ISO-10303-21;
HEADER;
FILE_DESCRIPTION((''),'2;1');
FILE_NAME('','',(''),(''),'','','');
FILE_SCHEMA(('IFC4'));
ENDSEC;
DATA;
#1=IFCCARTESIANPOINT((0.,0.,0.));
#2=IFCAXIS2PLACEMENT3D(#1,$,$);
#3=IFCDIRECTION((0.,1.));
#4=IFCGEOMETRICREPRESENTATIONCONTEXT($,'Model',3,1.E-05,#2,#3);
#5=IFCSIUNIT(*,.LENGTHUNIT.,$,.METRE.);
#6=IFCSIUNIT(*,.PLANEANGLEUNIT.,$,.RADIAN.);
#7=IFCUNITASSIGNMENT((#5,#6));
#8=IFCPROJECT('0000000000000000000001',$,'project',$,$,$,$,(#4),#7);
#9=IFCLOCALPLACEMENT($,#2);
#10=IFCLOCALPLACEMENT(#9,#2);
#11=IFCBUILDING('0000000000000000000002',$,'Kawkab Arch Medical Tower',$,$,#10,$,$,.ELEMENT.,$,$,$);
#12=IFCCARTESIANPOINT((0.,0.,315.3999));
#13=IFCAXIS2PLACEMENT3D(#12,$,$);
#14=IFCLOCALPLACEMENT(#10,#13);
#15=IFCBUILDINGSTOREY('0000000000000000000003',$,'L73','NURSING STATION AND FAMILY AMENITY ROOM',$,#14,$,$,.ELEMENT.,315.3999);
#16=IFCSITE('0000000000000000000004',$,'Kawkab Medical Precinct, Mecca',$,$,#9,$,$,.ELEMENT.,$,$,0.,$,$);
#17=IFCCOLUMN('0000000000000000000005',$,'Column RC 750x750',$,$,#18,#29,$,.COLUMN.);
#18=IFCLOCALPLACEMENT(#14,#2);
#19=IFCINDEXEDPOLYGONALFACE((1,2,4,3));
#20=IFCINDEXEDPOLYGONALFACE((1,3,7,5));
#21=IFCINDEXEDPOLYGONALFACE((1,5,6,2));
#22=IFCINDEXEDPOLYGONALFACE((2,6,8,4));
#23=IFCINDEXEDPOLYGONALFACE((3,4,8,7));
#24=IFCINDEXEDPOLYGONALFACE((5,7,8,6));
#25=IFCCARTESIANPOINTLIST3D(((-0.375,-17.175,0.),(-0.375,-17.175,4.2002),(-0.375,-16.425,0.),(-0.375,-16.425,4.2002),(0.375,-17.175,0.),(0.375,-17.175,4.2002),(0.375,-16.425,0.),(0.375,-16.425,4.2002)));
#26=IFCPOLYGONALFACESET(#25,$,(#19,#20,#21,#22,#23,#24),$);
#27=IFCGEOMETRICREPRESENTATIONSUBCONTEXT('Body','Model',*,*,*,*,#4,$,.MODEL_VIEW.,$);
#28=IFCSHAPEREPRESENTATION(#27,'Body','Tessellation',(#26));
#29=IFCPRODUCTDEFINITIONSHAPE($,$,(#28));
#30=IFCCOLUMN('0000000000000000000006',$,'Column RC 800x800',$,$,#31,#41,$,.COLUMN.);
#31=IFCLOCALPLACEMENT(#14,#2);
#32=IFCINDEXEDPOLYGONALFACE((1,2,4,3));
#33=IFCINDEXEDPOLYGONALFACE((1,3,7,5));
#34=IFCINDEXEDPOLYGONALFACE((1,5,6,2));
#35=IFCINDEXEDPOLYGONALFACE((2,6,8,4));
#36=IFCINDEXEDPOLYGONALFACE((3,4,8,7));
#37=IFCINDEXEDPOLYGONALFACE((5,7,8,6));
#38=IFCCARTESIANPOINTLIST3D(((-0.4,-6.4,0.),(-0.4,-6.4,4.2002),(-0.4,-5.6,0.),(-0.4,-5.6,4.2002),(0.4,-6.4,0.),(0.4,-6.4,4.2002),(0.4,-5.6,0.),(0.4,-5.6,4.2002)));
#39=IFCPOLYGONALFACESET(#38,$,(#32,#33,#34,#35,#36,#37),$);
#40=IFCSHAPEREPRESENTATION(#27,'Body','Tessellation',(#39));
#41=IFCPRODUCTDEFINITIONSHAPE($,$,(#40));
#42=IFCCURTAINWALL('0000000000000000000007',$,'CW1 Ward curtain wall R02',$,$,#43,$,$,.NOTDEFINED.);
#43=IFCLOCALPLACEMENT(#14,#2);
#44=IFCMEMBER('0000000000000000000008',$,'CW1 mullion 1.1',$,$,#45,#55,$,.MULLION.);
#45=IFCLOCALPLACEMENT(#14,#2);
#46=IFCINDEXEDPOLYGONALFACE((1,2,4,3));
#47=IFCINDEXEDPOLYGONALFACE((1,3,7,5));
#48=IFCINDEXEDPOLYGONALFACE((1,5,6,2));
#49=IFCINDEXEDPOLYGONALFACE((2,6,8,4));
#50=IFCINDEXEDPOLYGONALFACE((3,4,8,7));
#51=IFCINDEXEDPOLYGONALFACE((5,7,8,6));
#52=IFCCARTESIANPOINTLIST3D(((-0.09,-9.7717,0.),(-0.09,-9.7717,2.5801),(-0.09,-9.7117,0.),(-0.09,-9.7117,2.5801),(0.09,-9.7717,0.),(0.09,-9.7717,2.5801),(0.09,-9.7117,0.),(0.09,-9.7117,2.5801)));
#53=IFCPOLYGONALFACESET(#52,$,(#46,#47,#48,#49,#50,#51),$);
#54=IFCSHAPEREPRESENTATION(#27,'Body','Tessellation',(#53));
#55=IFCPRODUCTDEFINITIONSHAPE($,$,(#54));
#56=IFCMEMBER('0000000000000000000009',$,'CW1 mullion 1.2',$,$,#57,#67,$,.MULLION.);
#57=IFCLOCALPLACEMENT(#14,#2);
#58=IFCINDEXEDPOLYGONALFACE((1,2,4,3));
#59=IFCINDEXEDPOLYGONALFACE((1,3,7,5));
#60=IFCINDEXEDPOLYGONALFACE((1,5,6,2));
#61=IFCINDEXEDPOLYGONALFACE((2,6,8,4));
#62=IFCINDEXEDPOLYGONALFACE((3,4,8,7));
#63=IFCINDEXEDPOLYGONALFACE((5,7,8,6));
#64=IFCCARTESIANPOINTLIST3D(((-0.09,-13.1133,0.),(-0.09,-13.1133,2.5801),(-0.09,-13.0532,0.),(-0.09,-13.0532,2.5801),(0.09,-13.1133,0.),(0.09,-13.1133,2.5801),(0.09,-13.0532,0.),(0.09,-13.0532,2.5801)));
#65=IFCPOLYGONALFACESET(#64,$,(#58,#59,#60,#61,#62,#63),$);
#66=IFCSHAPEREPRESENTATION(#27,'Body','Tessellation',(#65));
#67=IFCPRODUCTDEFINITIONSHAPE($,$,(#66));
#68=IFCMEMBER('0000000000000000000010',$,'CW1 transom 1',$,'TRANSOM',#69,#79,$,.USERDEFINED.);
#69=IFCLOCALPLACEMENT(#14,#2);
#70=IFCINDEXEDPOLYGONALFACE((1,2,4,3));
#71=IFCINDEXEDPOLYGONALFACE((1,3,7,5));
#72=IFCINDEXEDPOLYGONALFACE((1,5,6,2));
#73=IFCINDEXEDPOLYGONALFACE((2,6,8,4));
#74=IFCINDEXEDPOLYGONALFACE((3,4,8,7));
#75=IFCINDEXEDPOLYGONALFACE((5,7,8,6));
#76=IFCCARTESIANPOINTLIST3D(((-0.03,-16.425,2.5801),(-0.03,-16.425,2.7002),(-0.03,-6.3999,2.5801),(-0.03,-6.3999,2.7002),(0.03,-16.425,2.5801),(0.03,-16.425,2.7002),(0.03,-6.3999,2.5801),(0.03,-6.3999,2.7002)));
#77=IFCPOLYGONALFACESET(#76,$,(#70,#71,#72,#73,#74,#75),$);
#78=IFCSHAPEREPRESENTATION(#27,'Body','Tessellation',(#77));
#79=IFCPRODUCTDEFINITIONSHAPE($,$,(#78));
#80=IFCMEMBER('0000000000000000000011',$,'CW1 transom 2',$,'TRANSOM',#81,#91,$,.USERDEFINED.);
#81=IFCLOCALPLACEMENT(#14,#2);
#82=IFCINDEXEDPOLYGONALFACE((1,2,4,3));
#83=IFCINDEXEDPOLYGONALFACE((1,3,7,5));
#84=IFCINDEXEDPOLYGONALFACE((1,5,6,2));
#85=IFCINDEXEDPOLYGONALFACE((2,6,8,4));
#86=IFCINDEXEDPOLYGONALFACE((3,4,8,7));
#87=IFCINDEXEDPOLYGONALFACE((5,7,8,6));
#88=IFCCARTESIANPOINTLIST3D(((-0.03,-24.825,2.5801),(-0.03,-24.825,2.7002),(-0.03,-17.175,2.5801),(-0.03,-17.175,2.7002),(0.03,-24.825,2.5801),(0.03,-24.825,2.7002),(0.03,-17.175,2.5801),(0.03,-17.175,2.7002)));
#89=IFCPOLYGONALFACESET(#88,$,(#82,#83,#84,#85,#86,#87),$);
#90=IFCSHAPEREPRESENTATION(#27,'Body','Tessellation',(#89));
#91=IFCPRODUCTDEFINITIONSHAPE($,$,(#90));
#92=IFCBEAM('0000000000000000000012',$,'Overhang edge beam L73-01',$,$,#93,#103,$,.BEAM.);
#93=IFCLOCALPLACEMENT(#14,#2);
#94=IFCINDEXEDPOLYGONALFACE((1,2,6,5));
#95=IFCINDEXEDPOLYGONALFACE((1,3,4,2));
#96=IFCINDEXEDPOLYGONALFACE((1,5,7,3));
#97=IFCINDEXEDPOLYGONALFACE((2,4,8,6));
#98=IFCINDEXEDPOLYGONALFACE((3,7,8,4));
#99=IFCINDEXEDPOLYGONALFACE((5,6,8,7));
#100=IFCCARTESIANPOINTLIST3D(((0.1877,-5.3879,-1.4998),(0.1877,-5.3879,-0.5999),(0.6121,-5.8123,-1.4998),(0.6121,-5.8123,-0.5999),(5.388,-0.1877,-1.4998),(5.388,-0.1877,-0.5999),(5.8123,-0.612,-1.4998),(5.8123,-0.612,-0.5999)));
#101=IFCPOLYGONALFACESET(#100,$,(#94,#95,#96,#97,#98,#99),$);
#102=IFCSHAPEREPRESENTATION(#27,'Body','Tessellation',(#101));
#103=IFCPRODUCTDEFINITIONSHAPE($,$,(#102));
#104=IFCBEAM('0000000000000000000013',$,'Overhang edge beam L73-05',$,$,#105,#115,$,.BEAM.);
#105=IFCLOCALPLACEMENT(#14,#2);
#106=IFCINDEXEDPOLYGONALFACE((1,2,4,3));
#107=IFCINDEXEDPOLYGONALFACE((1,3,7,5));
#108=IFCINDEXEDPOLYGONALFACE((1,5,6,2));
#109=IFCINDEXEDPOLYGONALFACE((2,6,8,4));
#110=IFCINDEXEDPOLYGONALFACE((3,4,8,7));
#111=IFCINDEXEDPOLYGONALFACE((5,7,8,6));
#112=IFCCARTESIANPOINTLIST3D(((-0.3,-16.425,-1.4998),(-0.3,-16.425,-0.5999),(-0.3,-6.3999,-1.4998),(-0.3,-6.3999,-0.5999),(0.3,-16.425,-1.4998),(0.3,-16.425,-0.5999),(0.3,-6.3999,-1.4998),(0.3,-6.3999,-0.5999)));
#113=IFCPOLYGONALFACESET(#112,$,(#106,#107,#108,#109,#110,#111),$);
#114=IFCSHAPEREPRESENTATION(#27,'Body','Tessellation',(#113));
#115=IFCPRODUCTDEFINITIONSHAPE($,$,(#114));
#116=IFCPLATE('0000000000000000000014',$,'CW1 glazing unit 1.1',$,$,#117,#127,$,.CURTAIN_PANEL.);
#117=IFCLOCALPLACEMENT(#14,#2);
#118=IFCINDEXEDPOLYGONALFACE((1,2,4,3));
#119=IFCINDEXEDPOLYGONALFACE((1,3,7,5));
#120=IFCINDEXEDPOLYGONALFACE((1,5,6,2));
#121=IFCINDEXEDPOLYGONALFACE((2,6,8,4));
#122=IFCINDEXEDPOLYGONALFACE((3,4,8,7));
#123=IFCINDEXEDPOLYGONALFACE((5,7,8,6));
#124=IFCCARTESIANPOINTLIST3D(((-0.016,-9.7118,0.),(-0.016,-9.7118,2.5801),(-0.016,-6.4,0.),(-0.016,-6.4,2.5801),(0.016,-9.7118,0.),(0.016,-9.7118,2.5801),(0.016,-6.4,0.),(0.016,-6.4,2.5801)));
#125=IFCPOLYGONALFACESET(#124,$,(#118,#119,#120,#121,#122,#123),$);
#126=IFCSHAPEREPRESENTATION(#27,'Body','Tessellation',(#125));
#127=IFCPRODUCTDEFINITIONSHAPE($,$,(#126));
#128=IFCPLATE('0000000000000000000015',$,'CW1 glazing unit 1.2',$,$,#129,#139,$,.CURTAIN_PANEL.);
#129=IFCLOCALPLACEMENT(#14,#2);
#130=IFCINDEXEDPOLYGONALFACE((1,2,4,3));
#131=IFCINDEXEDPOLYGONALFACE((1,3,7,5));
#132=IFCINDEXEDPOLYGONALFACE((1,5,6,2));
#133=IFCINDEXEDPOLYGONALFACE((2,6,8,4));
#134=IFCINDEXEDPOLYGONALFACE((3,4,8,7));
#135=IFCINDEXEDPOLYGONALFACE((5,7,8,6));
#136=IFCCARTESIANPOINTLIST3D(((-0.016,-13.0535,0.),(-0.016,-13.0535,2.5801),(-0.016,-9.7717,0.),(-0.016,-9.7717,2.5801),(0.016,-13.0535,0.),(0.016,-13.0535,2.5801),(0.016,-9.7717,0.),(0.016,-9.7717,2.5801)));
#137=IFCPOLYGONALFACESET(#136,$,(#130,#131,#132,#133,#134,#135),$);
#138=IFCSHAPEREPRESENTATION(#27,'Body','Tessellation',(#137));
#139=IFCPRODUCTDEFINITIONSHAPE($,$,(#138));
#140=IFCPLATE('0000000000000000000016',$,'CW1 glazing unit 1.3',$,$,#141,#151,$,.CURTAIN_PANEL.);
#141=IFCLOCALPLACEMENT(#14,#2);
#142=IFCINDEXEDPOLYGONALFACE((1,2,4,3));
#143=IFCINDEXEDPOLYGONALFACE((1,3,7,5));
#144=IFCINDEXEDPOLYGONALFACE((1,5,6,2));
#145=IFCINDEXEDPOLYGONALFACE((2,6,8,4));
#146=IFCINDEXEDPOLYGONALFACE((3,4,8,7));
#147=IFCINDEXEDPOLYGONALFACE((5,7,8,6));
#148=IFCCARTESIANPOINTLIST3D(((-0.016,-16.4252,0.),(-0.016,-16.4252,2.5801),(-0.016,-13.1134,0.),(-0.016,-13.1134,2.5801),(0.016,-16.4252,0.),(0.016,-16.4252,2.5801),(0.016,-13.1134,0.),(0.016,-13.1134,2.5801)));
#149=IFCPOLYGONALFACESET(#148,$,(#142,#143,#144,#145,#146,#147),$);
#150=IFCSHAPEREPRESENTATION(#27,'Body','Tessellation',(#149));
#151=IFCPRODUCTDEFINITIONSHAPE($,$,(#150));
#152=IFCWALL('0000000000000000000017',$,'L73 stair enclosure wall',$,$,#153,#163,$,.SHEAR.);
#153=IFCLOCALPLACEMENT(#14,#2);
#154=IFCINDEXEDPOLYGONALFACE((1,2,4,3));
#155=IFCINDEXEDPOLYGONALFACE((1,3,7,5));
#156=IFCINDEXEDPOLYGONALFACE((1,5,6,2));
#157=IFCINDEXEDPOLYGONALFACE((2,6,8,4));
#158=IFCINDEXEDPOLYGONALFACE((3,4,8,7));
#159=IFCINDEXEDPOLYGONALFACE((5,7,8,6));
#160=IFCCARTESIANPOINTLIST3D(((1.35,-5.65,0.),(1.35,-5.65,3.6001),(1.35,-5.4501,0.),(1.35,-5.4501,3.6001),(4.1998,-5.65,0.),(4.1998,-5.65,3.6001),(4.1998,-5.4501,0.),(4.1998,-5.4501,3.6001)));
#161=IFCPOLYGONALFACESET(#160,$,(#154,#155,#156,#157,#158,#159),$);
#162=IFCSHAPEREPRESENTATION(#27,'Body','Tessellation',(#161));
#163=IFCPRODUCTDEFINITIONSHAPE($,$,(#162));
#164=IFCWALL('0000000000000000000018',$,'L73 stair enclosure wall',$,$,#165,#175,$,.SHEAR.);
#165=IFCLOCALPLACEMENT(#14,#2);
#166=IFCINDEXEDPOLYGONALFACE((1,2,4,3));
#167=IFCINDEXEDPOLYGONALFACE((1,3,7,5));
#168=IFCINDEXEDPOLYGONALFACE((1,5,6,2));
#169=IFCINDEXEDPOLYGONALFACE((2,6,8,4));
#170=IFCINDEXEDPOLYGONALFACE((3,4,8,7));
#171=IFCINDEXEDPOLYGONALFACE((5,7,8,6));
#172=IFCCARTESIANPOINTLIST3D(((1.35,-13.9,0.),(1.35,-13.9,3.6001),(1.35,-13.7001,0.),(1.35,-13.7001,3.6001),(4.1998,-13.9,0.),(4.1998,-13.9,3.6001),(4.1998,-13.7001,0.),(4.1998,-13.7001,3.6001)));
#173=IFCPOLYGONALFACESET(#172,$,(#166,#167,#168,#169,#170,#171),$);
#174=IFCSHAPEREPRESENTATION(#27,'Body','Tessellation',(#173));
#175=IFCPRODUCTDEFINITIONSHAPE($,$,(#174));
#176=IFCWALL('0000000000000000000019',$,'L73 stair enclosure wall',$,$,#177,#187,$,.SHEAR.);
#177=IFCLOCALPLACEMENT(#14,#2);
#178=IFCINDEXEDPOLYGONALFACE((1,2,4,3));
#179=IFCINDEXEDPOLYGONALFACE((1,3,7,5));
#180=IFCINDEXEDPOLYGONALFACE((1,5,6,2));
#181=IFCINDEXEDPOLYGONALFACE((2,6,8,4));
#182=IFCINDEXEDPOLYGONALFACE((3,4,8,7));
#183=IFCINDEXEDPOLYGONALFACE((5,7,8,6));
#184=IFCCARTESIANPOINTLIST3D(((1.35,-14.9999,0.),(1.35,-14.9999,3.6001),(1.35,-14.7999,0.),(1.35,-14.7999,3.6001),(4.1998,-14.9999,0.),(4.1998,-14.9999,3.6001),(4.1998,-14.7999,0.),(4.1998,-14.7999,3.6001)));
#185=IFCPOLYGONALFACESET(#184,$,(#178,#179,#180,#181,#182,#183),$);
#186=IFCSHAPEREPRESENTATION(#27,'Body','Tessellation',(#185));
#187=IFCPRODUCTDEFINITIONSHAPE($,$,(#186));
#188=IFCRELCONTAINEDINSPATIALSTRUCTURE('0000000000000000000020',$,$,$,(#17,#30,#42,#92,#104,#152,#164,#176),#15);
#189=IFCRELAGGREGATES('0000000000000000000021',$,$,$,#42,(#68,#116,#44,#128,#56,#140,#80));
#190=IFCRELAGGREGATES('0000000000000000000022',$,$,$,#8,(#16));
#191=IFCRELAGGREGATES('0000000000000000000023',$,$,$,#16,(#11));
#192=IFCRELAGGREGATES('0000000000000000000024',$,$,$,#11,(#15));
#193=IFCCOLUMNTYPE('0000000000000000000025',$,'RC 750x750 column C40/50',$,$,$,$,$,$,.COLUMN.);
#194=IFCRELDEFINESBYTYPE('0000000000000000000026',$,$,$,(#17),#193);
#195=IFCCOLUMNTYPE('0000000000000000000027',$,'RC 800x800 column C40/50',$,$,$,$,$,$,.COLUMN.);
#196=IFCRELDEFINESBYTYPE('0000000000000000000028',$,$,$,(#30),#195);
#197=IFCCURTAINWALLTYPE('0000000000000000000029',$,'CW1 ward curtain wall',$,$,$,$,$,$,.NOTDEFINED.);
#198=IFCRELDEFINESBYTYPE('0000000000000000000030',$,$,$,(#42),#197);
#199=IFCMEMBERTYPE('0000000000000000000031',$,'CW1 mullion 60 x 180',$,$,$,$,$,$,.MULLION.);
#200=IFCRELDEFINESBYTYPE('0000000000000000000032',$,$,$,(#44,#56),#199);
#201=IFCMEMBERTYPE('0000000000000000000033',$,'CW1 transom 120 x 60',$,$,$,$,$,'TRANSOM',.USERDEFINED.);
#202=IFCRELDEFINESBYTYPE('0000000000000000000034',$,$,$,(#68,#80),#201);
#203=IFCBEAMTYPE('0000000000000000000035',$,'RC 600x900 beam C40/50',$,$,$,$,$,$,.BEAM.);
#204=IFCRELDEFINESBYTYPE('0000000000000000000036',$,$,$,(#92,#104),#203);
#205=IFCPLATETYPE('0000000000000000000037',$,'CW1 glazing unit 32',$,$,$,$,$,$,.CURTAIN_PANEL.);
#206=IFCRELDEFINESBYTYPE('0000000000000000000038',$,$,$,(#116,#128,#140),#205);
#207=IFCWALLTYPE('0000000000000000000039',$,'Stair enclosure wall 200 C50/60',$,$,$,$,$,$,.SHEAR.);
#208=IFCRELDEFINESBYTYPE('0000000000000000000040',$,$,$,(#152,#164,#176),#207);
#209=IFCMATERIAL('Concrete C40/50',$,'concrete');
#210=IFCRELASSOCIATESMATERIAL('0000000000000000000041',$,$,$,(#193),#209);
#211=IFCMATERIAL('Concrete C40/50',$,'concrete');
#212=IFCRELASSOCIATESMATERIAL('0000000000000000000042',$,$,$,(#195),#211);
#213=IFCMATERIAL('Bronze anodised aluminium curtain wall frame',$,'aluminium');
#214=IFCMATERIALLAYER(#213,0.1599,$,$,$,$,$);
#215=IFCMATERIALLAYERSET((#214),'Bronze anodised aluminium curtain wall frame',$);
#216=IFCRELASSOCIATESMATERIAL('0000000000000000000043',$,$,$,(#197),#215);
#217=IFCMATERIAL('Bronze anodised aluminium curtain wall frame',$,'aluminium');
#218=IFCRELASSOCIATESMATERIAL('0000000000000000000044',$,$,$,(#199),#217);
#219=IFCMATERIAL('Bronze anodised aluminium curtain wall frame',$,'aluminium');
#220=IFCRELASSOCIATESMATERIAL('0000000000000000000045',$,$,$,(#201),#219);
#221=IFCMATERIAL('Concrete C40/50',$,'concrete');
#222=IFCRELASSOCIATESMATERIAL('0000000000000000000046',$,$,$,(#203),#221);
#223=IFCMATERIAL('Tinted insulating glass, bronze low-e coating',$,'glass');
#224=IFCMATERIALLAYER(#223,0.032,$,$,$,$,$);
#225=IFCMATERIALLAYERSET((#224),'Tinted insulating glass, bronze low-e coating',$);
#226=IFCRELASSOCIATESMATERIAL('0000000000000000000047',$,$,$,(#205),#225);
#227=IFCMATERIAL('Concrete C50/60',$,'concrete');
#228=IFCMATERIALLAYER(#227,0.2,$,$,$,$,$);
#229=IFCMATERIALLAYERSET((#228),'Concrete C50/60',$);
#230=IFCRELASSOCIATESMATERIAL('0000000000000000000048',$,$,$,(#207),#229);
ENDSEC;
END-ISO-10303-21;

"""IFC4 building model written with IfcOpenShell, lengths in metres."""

from ifc_helpers import new_model, si_unit, direction, frame, frame_2d, origin, origin_2d, place, context, subcontext, project, spatial, rectangle, extrude, material, layer, layer_set, material_profile, profile_set, type_object, element, aggregate, save


model = new_model("IFC4")

# Units and contexts
model_context = context("Model", 3, precision=1e-05, world=origin(), true_north=direction((0.0, 1.0)))
body_context = subcontext(model_context, "Body", "Model", "MODEL_VIEW")
ifc_project = project(units=[si_unit("LENGTHUNIT", "METRE"), si_unit("PLANEANGLEUNIT", "RADIAN")], contexts=[model_context])

# Site, building, storey
site_placement = place(None, origin())
site = spatial("IfcSite", under=ifc_project, at=site_placement, Name="Kawkab Medical Precinct, Mecca", CompositionType="ELEMENT", RefElevation=0.0)
building_placement = place(site_placement, origin())
building = spatial("IfcBuilding", under=site, at=building_placement, Name="Kawkab Arch Medical Tower", CompositionType="ELEMENT")
storey_placement = place(building_placement, frame((0.0, 0.0, 315.3999)))
storey = spatial("IfcBuildingStorey", under=building, at=storey_placement, Name="L73", Description="NURSING STATION AND FAMILY AMENITY ROOM", CompositionType="ELEMENT", Elevation=315.3999)

# Columns
ifc_material_1 = material(Name="Concrete C40/50", Category="concrete")
ifc_material_profile_1 = material_profile(ifc_material_1, rectangle(XDim=0.75, YDim=0.75, at=origin_2d()), Name="RC 750x750")
ifc_profile_set_1 = profile_set([ifc_material_profile_1], Name="Concrete C40/50")
column_type_1 = type_object("IfcColumnType", Name="RC 750x750 column C40/50", PredefinedType="COLUMN", material=ifc_profile_set_1)
column_1_placement = place(storey_placement, frame((0.0, -16.8, 0.0), z_axis=(0.0, 0.0, 1.0), x_axis=(1.0, 0.0, 0.0)))
element("IfcColumn", 1, at=column_1_placement, inside=storey, type_object=column_type_1, Name="Column RC 750x750", PredefinedType="COLUMN", context=body_context, shape_type="SweptSolid", body=[
    extrude(rectangle(XDim=0.75, YDim=0.75, at=origin_2d()), origin(), (0.0, 0.0, 1.0), 4.2002),
])
ifc_material_2 = material(Name="Concrete C40/50", Category="concrete")
ifc_material_profile_2 = material_profile(ifc_material_2, rectangle(XDim=0.8, YDim=0.8, at=origin_2d()), Name="RC 800x800")
ifc_profile_set_2 = profile_set([ifc_material_profile_2], Name="Concrete C40/50")
column_type_2 = type_object("IfcColumnType", Name="RC 800x800 column C40/50", PredefinedType="COLUMN", material=ifc_profile_set_2)
column_2_placement = place(storey_placement, frame((0.0, -6.0, 0.0), z_axis=(0.0, 0.0, 1.0), x_axis=(1.0, 0.0, 0.0)))
element("IfcColumn", 2, at=column_2_placement, inside=storey, type_object=column_type_2, Name="Column RC 800x800", PredefinedType="COLUMN", context=body_context, shape_type="SweptSolid", body=[
    extrude(rectangle(XDim=0.8, YDim=0.8, at=origin_2d()), origin(), (0.0, 0.0, 1.0), 4.2002),
])

# Curtain wall, members
ifc_material_3 = material(Name="Bronze anodised aluminium curtain wall frame", Category="aluminium")
ifc_layer_1 = layer(ifc_material_3, 0.1599)
ifc_layer_set_1 = layer_set([ifc_layer_1], Name="Bronze anodised aluminium curtain wall frame")
curtain_wall_type = type_object("IfcCurtainWallType", Name="CW1 ward curtain wall", PredefinedType="NOTDEFINED", material=ifc_layer_set_1)
curtain_wall_placement = place(storey_placement, origin())
curtain_wall = element("IfcCurtainWall", 3, at=curtain_wall_placement, inside=storey, type_object=curtain_wall_type, Name="CW1 Ward curtain wall R02", PredefinedType="NOTDEFINED")
ifc_material_4 = material(Name="Bronze anodised aluminium curtain wall frame", Category="aluminium")
ifc_material_profile_3 = material_profile(ifc_material_4, rectangle(XDim=0.1799, YDim=0.0601, at=origin_2d()), Name="AL 60x180")
ifc_profile_set_3 = profile_set([ifc_material_profile_3], Name="Bronze anodised aluminium curtain wall frame")
member_type_1 = type_object("IfcMemberType", Name="CW1 mullion 60 x 180", PredefinedType="MULLION", material=ifc_profile_set_3)
member_1_placement = place(storey_placement, frame((0.0, -9.7417, 0.0), z_axis=(0.0, 0.0, 1.0), x_axis=(1.0, 0.0, 0.0)))
member_1 = element("IfcMember", 4, at=member_1_placement, type_object=member_type_1, Name="CW1 mullion 1.1", PredefinedType="MULLION", context=body_context, shape_type="SweptSolid", body=[
    extrude(rectangle(XDim=0.1799, YDim=0.0601, at=origin_2d()), origin(), (0.0, 0.0, 1.0), 2.5801),
])
member_2_placement = place(storey_placement, frame((0.0, -13.0833, 0.0), z_axis=(0.0, 0.0, 1.0), x_axis=(1.0, 0.0, 0.0)))
member_2 = element("IfcMember", 5, at=member_2_placement, type_object=member_type_1, Name="CW1 mullion 1.2", PredefinedType="MULLION", context=body_context, shape_type="SweptSolid", body=[
    extrude(rectangle(XDim=0.1799, YDim=0.0601, at=origin_2d()), origin(), (0.0, 0.0, 1.0), 2.5801),
])
ifc_material_5 = material(Name="Bronze anodised aluminium curtain wall frame", Category="aluminium")
ifc_material_profile_4 = material_profile(ifc_material_5, rectangle(XDim=0.0601, YDim=0.1201, at=origin_2d()), Name="AL 60x120")
ifc_profile_set_4 = profile_set([ifc_material_profile_4], Name="Bronze anodised aluminium curtain wall frame")
member_type_2 = type_object("IfcMemberType", Name="CW1 transom 120 x 60", ElementType="TRANSOM", PredefinedType="USERDEFINED", material=ifc_profile_set_4)
member_3_placement = place(storey_placement, frame((0.0, -6.3999, 2.6401), z_axis=(0.0, -1.0, 0.0), x_axis=(1.0, 0.0, 0.0)))
member_3 = element("IfcMember", 6, at=member_3_placement, type_object=member_type_2, Name="CW1 transom 1", ObjectType="TRANSOM", PredefinedType="USERDEFINED", context=body_context, shape_type="SweptSolid", body=[
    extrude(rectangle(XDim=0.0601, YDim=0.1201, at=origin_2d()), origin(), (0.0, 0.0, 1.0), 10.0251),
])
member_4_placement = place(storey_placement, frame((0.0, -17.175, 2.6401), z_axis=(0.0, -1.0, 0.0), x_axis=(1.0, 0.0, 0.0)))
member_4 = element("IfcMember", 7, at=member_4_placement, type_object=member_type_2, Name="CW1 transom 2", ObjectType="TRANSOM", PredefinedType="USERDEFINED", context=body_context, shape_type="SweptSolid", body=[
    extrude(rectangle(XDim=0.0601, YDim=0.1201, at=origin_2d()), origin(), (0.0, 0.0, 1.0), 7.6499),
])

# Beams
ifc_material_6 = material(Name="Concrete C40/50", Category="concrete")
ifc_material_profile_5 = material_profile(ifc_material_6, rectangle(XDim=0.6001, YDim=0.8999, at=origin_2d()), Name="RC 600x900")
ifc_profile_set_5 = profile_set([ifc_material_profile_5], Name="Concrete C40/50")
beam_type = type_object("IfcBeamType", Name="RC 600x900 beam C40/50", PredefinedType="BEAM", material=ifc_profile_set_5)
beam_1_placement = place(storey_placement, frame((0.3999, -5.6001, -1.0498), z_axis=(0.707107, 0.707107, 0.0), x_axis=(-0.707107, 0.707107, 0.0)))
element("IfcBeam", 8, at=beam_1_placement, inside=storey, type_object=beam_type, Name="Overhang edge beam L73-01", PredefinedType="BEAM", context=body_context, shape_type="SweptSolid", body=[
    extrude(rectangle(XDim=0.6001, YDim=0.8999, at=origin_2d()), origin(), (0.0, 0.0, 1.0), 7.3542),
])
beam_2_placement = place(storey_placement, frame((0.0, -16.425, -1.0498), z_axis=(0.0, 1.0, 0.0), x_axis=(-1.0, 0.0, 0.0)))
element("IfcBeam", 9, at=beam_2_placement, inside=storey, type_object=beam_type, Name="Overhang edge beam L73-05", PredefinedType="BEAM", context=body_context, shape_type="SweptSolid", body=[
    extrude(rectangle(XDim=0.6001, YDim=0.8999, at=origin_2d()), origin(), (0.0, 0.0, 1.0), 10.0251),
])

# Plates
ifc_material_7 = material(Name="Tinted insulating glass, bronze low-e coating", Category="glass")
ifc_layer_2 = layer(ifc_material_7, 0.032)
ifc_layer_set_2 = layer_set([ifc_layer_2], Name="Tinted insulating glass, bronze low-e coating")
plate_type = type_object("IfcPlateType", Name="CW1 glazing unit 32", PredefinedType="CURTAIN_PANEL", material=ifc_layer_set_2)
plate_1_placement = place(storey_placement, frame((0.0, -8.0559, 0.0), z_axis=(0.0, 0.0, 1.0), x_axis=(0.0, -1.0, 0.0)))
plate_1 = element("IfcPlate", 10, at=plate_1_placement, type_object=plate_type, Name="CW1 glazing unit 1.1", PredefinedType="CURTAIN_PANEL", context=body_context, shape_type="SweptSolid", body=[
    extrude(rectangle(XDim=3.3118, YDim=0.032, at=origin_2d()), origin(), (0.0, 0.0, 1.0), 2.5801),
])
plate_2_placement = place(storey_placement, frame((0.0, -11.4126, 0.0), z_axis=(0.0, 0.0, 1.0), x_axis=(0.0, -1.0, 0.0)))
plate_2 = element("IfcPlate", 11, at=plate_2_placement, type_object=plate_type, Name="CW1 glazing unit 1.2", PredefinedType="CURTAIN_PANEL", context=body_context, shape_type="SweptSolid", body=[
    extrude(rectangle(XDim=3.2817, YDim=0.032, at=origin_2d()), origin(), (0.0, 0.0, 1.0), 2.5801),
])
plate_3_placement = place(storey_placement, frame((0.0, -14.7693, 0.0), z_axis=(0.0, 0.0, 1.0), x_axis=(0.0, -1.0, 0.0)))
plate_3 = element("IfcPlate", 12, at=plate_3_placement, type_object=plate_type, Name="CW1 glazing unit 1.3", PredefinedType="CURTAIN_PANEL", context=body_context, shape_type="SweptSolid", body=[
    extrude(rectangle(XDim=3.3118, YDim=0.032, at=origin_2d()), origin(), (0.0, 0.0, 1.0), 2.5801),
])
aggregate(curtain_wall, [member_3, plate_1, member_1, plate_2, member_2, plate_3, member_4])

# Walls
ifc_material_8 = material(Name="Concrete C50/60", Category="concrete")
ifc_layer_3 = layer(ifc_material_8, 0.2)
ifc_layer_set_3 = layer_set([ifc_layer_3], Name="Concrete C50/60")
wall_type_1 = type_object("IfcWallType", Name="Stair enclosure wall 200 C50/60", PredefinedType="SHEAR", material=ifc_layer_set_3)
for number, where, z_axis, x_axis, name in (
    (13, (1.3501, -5.55, 0.0), (0.0, 0.0, 1.0), (1.0, 0.0, 0.0), "L73 stair enclosure wall"),
    (14, (1.3501, -13.8, 0.0), (0.0, 0.0, 1.0), (1.0, 0.0, 0.0), "L73 stair enclosure wall"),
    (15, (1.3501, -14.8999, 0.0), (0.0, 0.0, 1.0), (1.0, 0.0, 0.0), "L73 stair enclosure wall"),
):
    element("IfcWall", number, at=place(storey_placement, frame(where, z_axis=z_axis, x_axis=x_axis)), inside=storey, type_object=wall_type_1, Name=name, PredefinedType="SHEAR", context=body_context, shape_type="SweptSolid", body=[
        extrude(rectangle(XDim=2.8499, YDim=0.2, at=frame_2d((1.4248, 0.0))), origin(), (0.0, 0.0, 1.0), 3.6001),
    ])

save(model, "model.ifc")
